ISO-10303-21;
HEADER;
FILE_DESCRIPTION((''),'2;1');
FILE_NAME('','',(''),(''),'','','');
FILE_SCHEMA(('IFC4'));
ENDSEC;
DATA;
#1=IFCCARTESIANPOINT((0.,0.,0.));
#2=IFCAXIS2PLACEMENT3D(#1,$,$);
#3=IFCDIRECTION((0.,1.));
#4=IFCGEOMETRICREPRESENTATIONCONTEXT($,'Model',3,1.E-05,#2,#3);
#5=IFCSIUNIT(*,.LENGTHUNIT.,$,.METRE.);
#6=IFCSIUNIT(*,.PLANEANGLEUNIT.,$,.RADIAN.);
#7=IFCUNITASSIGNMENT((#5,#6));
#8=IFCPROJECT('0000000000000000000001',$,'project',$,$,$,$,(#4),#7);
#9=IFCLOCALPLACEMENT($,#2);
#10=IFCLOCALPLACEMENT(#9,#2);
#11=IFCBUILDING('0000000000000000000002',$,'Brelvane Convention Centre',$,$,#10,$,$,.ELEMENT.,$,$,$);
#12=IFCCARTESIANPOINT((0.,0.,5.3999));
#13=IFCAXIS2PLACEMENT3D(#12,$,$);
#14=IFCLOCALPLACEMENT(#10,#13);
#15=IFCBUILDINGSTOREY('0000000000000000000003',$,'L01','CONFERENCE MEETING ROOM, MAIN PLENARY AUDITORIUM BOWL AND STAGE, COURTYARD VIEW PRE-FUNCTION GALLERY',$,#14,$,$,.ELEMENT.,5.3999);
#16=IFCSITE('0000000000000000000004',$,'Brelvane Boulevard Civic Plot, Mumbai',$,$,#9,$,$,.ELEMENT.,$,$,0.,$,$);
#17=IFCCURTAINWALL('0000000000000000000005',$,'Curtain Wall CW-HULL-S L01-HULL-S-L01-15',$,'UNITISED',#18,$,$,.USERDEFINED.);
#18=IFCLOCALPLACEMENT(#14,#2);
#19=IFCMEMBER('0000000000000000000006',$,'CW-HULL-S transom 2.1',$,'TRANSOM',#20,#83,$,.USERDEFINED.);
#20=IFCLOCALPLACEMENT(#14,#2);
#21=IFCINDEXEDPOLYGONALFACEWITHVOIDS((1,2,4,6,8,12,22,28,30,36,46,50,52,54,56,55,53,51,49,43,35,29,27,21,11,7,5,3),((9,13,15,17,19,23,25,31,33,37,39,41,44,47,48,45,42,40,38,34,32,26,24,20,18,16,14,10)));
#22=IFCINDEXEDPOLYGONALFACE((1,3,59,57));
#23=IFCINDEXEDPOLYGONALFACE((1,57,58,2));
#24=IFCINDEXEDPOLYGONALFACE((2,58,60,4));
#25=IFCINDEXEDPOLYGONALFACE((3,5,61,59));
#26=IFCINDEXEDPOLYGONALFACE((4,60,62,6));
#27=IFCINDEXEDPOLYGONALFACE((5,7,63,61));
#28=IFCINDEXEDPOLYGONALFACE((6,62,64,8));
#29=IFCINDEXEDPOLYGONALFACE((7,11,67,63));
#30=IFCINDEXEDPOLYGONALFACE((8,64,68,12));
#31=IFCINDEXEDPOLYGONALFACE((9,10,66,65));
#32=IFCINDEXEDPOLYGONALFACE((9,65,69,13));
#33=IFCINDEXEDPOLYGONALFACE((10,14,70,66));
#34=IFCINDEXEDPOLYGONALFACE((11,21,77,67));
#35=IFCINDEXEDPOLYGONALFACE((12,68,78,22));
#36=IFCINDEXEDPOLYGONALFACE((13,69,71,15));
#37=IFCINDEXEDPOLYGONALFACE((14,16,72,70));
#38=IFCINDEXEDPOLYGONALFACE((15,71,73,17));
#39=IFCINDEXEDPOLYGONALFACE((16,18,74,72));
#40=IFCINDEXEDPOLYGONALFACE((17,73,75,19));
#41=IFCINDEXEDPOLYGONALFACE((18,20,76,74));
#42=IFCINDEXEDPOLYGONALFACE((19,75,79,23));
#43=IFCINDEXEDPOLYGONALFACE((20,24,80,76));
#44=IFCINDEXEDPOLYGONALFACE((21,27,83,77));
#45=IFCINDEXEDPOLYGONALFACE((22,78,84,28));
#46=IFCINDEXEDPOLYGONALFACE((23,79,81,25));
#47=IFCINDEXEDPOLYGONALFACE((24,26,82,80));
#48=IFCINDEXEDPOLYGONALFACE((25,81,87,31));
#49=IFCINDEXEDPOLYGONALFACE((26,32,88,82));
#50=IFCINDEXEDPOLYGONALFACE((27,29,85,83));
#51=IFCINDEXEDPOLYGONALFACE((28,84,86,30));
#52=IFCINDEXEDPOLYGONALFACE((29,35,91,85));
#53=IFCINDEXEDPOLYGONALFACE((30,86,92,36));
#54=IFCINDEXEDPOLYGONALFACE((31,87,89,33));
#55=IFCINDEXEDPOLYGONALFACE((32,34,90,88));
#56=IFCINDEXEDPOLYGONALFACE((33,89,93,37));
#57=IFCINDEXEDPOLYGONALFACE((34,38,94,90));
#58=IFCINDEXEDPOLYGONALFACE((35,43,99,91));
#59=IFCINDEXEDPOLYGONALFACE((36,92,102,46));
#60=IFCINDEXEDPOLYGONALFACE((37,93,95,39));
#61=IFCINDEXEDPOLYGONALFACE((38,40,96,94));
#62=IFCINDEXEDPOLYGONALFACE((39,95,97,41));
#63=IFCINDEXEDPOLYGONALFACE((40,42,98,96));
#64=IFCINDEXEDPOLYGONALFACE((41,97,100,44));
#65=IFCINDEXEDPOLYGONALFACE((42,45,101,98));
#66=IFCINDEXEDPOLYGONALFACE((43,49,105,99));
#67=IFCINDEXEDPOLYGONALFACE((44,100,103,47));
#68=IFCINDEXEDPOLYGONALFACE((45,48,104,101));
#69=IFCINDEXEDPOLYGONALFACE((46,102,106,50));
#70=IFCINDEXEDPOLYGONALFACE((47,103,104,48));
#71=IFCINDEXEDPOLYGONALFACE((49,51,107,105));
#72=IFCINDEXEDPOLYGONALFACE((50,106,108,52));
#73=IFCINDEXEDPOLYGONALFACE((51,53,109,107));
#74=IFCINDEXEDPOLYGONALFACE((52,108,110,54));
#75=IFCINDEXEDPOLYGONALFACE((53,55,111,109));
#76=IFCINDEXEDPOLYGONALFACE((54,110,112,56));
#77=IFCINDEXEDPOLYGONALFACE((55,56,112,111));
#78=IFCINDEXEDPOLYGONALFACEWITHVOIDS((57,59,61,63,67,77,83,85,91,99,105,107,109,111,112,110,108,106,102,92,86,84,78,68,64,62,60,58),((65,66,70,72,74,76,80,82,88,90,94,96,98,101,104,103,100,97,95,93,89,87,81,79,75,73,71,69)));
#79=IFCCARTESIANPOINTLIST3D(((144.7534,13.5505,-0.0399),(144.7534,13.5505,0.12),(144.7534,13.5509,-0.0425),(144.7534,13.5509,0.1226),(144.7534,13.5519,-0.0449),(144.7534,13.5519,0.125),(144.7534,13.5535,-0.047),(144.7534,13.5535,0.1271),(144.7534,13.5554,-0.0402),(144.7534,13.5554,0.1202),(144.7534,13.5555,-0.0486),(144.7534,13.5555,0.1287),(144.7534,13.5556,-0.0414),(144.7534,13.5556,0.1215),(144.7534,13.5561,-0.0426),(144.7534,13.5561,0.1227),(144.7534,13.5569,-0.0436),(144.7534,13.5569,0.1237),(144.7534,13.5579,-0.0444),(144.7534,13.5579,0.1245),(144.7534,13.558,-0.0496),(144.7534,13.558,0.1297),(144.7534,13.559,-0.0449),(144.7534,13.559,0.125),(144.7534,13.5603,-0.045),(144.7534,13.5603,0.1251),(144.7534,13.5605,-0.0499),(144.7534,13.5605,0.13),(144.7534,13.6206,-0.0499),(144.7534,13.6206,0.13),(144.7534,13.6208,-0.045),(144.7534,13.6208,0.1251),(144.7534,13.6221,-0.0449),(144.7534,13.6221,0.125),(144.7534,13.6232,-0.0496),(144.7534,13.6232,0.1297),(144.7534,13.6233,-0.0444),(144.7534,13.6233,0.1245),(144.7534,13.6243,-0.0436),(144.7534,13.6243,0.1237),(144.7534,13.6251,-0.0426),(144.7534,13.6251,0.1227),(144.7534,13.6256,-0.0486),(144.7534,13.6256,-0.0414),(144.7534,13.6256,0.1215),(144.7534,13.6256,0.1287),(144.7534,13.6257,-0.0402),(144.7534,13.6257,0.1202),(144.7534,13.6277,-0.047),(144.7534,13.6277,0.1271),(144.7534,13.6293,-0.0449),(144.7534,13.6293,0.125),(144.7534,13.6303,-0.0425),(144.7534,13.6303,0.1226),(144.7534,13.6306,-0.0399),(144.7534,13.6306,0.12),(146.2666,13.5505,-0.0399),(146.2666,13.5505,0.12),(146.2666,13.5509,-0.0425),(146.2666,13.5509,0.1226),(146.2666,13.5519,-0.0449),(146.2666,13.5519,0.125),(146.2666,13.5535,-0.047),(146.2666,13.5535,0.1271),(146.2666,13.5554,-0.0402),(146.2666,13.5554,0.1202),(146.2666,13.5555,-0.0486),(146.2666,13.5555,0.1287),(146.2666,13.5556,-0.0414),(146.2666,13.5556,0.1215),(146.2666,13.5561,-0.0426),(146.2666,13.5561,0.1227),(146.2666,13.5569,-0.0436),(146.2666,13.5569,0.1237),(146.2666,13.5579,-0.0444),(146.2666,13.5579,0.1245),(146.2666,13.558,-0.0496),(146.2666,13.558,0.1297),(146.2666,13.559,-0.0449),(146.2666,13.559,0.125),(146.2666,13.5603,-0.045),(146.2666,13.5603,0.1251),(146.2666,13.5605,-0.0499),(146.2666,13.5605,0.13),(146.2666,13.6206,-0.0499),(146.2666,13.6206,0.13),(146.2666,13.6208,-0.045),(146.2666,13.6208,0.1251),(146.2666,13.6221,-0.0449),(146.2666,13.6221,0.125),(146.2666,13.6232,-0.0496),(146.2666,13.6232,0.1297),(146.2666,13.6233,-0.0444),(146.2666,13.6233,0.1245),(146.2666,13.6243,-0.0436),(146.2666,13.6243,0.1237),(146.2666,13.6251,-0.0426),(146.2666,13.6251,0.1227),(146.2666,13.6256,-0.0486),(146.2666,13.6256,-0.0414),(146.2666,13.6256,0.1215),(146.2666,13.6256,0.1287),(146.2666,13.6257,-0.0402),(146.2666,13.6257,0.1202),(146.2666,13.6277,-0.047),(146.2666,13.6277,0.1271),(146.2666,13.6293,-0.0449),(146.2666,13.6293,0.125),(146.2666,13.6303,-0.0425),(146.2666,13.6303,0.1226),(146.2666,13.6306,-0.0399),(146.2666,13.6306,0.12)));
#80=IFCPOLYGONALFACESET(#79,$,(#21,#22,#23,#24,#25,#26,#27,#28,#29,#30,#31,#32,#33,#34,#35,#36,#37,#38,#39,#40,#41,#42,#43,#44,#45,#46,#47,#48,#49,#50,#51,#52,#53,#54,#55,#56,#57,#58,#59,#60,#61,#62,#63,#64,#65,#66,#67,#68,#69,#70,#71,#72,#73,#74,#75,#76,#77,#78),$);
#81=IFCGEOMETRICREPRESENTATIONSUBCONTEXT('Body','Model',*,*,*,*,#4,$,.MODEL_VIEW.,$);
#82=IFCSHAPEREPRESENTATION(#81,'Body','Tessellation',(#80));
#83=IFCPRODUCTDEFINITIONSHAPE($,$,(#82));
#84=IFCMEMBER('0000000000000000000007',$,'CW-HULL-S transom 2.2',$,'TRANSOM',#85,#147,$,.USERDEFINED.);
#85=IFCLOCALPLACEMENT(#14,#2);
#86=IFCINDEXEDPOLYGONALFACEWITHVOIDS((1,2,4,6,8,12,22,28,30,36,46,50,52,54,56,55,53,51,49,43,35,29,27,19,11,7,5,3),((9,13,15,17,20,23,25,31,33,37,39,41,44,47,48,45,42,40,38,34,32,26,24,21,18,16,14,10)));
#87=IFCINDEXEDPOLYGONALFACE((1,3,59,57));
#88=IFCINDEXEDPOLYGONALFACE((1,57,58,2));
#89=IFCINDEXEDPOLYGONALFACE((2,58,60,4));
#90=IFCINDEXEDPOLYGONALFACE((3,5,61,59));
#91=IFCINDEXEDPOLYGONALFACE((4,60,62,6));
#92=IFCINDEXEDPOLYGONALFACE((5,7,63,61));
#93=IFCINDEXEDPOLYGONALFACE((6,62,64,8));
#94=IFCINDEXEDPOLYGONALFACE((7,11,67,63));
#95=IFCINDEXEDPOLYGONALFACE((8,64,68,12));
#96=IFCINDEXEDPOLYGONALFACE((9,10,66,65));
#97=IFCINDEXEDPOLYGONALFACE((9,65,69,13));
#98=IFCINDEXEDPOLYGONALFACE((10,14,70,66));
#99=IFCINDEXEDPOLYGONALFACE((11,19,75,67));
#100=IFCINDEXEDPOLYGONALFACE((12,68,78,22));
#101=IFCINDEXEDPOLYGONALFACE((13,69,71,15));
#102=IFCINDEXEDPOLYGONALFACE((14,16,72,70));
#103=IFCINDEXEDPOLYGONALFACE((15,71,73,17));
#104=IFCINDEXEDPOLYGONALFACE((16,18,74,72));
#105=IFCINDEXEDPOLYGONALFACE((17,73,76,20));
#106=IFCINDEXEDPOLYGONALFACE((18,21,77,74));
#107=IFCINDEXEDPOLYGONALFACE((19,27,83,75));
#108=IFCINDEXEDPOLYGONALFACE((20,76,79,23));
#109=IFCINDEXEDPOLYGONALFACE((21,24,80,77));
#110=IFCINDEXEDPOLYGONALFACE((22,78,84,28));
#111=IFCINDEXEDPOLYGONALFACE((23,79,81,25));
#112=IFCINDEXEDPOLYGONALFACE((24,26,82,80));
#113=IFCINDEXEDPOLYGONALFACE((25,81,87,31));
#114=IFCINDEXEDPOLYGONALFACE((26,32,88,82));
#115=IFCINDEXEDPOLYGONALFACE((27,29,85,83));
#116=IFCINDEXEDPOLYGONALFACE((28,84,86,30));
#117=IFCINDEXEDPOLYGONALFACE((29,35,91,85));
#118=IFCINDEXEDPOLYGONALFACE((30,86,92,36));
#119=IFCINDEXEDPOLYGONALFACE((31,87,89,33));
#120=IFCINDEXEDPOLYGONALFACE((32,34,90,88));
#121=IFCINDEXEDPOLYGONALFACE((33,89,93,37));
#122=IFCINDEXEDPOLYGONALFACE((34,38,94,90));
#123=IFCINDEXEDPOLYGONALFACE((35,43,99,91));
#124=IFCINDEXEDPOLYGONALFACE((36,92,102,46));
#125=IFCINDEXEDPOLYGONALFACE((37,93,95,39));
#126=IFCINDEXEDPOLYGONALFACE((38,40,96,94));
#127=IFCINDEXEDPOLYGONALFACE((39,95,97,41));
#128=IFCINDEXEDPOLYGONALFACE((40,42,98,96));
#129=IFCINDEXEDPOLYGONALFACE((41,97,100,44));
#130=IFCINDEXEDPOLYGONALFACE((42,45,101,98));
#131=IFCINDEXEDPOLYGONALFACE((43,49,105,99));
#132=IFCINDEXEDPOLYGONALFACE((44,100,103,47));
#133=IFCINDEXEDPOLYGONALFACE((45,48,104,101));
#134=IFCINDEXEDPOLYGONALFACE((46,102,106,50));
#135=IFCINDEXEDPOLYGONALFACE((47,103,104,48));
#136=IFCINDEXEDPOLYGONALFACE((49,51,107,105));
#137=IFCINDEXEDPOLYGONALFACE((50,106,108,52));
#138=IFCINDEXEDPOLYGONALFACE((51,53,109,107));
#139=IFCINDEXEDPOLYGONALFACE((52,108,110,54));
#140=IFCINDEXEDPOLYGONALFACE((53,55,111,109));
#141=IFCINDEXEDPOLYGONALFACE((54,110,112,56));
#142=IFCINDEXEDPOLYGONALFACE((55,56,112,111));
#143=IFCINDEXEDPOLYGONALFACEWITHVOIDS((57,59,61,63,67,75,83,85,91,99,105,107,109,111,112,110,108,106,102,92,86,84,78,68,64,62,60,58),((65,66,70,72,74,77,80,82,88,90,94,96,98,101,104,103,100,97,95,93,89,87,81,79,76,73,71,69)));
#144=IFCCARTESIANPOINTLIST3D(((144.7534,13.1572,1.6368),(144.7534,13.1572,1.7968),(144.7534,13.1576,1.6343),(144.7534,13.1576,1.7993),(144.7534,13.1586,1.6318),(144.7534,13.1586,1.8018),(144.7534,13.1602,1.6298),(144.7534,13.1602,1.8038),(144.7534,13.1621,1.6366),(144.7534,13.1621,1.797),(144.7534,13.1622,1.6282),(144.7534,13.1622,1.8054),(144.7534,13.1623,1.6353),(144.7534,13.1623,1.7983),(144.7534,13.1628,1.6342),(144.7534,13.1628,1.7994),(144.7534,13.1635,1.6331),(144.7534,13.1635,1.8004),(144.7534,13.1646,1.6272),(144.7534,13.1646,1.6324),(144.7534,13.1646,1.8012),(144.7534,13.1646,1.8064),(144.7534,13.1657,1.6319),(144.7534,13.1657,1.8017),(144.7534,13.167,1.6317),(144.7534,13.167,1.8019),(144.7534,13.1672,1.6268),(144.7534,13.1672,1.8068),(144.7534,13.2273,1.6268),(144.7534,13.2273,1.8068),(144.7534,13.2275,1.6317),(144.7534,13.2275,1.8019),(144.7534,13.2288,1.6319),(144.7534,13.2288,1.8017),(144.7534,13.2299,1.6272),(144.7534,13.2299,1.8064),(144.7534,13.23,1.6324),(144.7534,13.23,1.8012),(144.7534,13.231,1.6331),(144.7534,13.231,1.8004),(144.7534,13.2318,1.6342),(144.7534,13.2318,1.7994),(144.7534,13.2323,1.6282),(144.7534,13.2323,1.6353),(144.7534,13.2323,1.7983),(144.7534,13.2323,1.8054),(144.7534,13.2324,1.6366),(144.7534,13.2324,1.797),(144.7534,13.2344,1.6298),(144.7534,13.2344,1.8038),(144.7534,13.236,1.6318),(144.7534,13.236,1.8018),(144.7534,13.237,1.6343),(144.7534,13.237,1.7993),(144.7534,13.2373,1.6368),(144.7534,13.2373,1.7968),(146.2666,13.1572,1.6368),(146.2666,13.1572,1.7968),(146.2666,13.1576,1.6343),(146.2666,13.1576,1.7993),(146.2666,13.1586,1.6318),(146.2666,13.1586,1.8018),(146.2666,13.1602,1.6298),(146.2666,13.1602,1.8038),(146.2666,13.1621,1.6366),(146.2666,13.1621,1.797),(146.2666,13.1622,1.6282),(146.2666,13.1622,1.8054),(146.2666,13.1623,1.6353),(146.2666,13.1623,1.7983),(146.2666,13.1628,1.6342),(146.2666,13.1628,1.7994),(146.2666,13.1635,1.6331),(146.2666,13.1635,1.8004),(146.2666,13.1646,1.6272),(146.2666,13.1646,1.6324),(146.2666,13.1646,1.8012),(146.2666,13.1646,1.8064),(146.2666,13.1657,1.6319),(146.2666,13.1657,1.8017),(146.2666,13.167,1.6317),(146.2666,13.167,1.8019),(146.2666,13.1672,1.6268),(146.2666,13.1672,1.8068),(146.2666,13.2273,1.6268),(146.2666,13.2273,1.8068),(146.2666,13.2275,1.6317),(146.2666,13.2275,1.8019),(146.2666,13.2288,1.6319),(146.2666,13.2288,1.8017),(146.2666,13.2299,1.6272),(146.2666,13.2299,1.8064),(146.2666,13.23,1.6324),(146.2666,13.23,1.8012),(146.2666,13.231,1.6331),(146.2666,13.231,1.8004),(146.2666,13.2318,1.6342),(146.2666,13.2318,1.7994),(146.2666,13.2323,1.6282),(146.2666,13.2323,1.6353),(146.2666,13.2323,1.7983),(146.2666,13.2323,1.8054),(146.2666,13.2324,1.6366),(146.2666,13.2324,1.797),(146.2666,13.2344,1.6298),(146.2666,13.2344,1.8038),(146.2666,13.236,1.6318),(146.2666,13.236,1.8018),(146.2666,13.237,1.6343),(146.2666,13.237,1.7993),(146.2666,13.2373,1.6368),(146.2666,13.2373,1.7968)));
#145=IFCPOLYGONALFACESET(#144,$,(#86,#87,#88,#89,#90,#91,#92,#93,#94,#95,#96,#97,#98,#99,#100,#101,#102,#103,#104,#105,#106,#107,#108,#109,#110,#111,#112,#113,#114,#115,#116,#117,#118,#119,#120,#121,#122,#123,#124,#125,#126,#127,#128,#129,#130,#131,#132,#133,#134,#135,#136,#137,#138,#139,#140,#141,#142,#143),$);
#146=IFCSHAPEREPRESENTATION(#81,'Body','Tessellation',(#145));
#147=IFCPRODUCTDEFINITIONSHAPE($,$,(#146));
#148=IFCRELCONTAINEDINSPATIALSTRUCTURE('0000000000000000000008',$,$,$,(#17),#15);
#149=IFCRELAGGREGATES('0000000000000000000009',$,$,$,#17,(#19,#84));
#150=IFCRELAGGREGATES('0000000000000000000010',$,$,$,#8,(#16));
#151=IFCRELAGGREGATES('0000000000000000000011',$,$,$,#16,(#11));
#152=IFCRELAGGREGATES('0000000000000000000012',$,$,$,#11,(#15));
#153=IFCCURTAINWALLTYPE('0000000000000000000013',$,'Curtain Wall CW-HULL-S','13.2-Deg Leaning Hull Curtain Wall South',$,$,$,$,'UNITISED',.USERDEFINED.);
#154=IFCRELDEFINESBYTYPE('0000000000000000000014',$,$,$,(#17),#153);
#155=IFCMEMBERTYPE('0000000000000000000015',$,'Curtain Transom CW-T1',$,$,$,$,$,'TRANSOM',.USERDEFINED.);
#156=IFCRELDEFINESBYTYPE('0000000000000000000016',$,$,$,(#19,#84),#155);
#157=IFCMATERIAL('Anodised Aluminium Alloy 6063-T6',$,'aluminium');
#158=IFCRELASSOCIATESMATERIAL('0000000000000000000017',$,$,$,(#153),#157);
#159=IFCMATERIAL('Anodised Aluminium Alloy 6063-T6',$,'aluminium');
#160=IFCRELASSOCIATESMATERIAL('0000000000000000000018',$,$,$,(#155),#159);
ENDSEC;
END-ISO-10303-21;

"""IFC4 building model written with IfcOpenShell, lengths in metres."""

from ifc_helpers import new_model, si_unit, direction, frame, origin, origin_2d, place, context, subcontext, project, spatial, hollow_rectangle, extrude, material, material_profile, profile_set, type_object, element, aggregate, save


model = new_model("IFC4")

# Units and contexts
model_context = context("Model", 3, precision=1e-05, world=origin(), true_north=direction((0.0, 1.0)))
body_context = subcontext(model_context, "Body", "Model", "MODEL_VIEW")
ifc_project = project(units=[si_unit("LENGTHUNIT", "METRE"), si_unit("PLANEANGLEUNIT", "RADIAN")], contexts=[model_context])

# Site, building, storey
site_placement = place(None, origin())
site = spatial("IfcSite", under=ifc_project, at=site_placement, Name="Brelvane Boulevard Civic Plot, Mumbai", CompositionType="ELEMENT", RefElevation=0.0)
building_placement = place(site_placement, origin())
building = spatial("IfcBuilding", under=site, at=building_placement, Name="Brelvane Convention Centre", CompositionType="ELEMENT")
storey_placement = place(building_placement, frame((0.0, 0.0, 5.3999)))
storey = spatial("IfcBuildingStorey", under=building, at=storey_placement, Name="L01", Description="CONFERENCE MEETING ROOM, MAIN PLENARY AUDITORIUM BOWL AND STAGE, COURTYARD VIEW PRE-FUNCTION GALLERY", CompositionType="ELEMENT", Elevation=5.3999)

# Curtain wall, members
ifc_material_1 = material(Name="Anodised Aluminium Alloy 6063-T6", Category="aluminium")
curtain_wall_type = type_object("IfcCurtainWallType", Name="Curtain Wall CW-HULL-S", Description="13.2-Deg Leaning Hull Curtain Wall South", ElementType="UNITISED", PredefinedType="USERDEFINED", material=ifc_material_1)
curtain_wall_placement = place(storey_placement, origin())
curtain_wall = element("IfcCurtainWall", 1, at=curtain_wall_placement, inside=storey, type_object=curtain_wall_type, Name="Curtain Wall CW-HULL-S L01-HULL-S-L01-15", ObjectType="UNITISED", PredefinedType="USERDEFINED")
ifc_material_2 = material(Name="Anodised Aluminium Alloy 6063-T6", Category="aluminium")
ifc_material_profile = material_profile(ifc_material_2, hollow_rectangle(XDim=0.0801, YDim=0.1799, WallThickness=0.0049, InnerFilletRadius=0.0049, OuterFilletRadius=0.01, at=origin_2d()), Name="ALU-T 180x80x5.0")
ifc_profile_set = profile_set([ifc_material_profile], Name="Anodised Aluminium Alloy 6063-T6")
member_type = type_object("IfcMemberType", Name="Curtain Transom CW-T1", ElementType="TRANSOM", PredefinedType="USERDEFINED", material=ifc_profile_set)
member_1_placement = place(storey_placement, frame((144.7534, 13.5906, 0.04), z_axis=(1.0, 0.0, 0.0), x_axis=(0.0, 1.0, 0.0)))
member_1 = element("IfcMember", 2, at=member_1_placement, type_object=member_type, Name="CW-HULL-S transom 2.1", ObjectType="TRANSOM", PredefinedType="USERDEFINED", context=body_context, shape_type="SweptSolid", body=[
    extrude(hollow_rectangle(XDim=0.0801, YDim=0.1799, WallThickness=0.0049, InnerFilletRadius=0.0049, OuterFilletRadius=0.01, at=origin_2d()), origin(), (0.0, 0.0, 1.0), 1.5132),
])
member_2_placement = place(storey_placement, frame((144.7534, 13.1973, 1.7168), z_axis=(1.0, 0.0, 0.0), x_axis=(0.0, 1.0, 0.0)))
member_2 = element("IfcMember", 3, at=member_2_placement, type_object=member_type, Name="CW-HULL-S transom 2.2", ObjectType="TRANSOM", PredefinedType="USERDEFINED", context=body_context, shape_type="SweptSolid", body=[
    extrude(hollow_rectangle(XDim=0.0801, YDim=0.1799, WallThickness=0.0049, InnerFilletRadius=0.0049, OuterFilletRadius=0.01, at=origin_2d()), origin(), (0.0, 0.0, 1.0), 1.5132),
])
aggregate(curtain_wall, [member_1, member_2])

save(model, "model.ifc")
